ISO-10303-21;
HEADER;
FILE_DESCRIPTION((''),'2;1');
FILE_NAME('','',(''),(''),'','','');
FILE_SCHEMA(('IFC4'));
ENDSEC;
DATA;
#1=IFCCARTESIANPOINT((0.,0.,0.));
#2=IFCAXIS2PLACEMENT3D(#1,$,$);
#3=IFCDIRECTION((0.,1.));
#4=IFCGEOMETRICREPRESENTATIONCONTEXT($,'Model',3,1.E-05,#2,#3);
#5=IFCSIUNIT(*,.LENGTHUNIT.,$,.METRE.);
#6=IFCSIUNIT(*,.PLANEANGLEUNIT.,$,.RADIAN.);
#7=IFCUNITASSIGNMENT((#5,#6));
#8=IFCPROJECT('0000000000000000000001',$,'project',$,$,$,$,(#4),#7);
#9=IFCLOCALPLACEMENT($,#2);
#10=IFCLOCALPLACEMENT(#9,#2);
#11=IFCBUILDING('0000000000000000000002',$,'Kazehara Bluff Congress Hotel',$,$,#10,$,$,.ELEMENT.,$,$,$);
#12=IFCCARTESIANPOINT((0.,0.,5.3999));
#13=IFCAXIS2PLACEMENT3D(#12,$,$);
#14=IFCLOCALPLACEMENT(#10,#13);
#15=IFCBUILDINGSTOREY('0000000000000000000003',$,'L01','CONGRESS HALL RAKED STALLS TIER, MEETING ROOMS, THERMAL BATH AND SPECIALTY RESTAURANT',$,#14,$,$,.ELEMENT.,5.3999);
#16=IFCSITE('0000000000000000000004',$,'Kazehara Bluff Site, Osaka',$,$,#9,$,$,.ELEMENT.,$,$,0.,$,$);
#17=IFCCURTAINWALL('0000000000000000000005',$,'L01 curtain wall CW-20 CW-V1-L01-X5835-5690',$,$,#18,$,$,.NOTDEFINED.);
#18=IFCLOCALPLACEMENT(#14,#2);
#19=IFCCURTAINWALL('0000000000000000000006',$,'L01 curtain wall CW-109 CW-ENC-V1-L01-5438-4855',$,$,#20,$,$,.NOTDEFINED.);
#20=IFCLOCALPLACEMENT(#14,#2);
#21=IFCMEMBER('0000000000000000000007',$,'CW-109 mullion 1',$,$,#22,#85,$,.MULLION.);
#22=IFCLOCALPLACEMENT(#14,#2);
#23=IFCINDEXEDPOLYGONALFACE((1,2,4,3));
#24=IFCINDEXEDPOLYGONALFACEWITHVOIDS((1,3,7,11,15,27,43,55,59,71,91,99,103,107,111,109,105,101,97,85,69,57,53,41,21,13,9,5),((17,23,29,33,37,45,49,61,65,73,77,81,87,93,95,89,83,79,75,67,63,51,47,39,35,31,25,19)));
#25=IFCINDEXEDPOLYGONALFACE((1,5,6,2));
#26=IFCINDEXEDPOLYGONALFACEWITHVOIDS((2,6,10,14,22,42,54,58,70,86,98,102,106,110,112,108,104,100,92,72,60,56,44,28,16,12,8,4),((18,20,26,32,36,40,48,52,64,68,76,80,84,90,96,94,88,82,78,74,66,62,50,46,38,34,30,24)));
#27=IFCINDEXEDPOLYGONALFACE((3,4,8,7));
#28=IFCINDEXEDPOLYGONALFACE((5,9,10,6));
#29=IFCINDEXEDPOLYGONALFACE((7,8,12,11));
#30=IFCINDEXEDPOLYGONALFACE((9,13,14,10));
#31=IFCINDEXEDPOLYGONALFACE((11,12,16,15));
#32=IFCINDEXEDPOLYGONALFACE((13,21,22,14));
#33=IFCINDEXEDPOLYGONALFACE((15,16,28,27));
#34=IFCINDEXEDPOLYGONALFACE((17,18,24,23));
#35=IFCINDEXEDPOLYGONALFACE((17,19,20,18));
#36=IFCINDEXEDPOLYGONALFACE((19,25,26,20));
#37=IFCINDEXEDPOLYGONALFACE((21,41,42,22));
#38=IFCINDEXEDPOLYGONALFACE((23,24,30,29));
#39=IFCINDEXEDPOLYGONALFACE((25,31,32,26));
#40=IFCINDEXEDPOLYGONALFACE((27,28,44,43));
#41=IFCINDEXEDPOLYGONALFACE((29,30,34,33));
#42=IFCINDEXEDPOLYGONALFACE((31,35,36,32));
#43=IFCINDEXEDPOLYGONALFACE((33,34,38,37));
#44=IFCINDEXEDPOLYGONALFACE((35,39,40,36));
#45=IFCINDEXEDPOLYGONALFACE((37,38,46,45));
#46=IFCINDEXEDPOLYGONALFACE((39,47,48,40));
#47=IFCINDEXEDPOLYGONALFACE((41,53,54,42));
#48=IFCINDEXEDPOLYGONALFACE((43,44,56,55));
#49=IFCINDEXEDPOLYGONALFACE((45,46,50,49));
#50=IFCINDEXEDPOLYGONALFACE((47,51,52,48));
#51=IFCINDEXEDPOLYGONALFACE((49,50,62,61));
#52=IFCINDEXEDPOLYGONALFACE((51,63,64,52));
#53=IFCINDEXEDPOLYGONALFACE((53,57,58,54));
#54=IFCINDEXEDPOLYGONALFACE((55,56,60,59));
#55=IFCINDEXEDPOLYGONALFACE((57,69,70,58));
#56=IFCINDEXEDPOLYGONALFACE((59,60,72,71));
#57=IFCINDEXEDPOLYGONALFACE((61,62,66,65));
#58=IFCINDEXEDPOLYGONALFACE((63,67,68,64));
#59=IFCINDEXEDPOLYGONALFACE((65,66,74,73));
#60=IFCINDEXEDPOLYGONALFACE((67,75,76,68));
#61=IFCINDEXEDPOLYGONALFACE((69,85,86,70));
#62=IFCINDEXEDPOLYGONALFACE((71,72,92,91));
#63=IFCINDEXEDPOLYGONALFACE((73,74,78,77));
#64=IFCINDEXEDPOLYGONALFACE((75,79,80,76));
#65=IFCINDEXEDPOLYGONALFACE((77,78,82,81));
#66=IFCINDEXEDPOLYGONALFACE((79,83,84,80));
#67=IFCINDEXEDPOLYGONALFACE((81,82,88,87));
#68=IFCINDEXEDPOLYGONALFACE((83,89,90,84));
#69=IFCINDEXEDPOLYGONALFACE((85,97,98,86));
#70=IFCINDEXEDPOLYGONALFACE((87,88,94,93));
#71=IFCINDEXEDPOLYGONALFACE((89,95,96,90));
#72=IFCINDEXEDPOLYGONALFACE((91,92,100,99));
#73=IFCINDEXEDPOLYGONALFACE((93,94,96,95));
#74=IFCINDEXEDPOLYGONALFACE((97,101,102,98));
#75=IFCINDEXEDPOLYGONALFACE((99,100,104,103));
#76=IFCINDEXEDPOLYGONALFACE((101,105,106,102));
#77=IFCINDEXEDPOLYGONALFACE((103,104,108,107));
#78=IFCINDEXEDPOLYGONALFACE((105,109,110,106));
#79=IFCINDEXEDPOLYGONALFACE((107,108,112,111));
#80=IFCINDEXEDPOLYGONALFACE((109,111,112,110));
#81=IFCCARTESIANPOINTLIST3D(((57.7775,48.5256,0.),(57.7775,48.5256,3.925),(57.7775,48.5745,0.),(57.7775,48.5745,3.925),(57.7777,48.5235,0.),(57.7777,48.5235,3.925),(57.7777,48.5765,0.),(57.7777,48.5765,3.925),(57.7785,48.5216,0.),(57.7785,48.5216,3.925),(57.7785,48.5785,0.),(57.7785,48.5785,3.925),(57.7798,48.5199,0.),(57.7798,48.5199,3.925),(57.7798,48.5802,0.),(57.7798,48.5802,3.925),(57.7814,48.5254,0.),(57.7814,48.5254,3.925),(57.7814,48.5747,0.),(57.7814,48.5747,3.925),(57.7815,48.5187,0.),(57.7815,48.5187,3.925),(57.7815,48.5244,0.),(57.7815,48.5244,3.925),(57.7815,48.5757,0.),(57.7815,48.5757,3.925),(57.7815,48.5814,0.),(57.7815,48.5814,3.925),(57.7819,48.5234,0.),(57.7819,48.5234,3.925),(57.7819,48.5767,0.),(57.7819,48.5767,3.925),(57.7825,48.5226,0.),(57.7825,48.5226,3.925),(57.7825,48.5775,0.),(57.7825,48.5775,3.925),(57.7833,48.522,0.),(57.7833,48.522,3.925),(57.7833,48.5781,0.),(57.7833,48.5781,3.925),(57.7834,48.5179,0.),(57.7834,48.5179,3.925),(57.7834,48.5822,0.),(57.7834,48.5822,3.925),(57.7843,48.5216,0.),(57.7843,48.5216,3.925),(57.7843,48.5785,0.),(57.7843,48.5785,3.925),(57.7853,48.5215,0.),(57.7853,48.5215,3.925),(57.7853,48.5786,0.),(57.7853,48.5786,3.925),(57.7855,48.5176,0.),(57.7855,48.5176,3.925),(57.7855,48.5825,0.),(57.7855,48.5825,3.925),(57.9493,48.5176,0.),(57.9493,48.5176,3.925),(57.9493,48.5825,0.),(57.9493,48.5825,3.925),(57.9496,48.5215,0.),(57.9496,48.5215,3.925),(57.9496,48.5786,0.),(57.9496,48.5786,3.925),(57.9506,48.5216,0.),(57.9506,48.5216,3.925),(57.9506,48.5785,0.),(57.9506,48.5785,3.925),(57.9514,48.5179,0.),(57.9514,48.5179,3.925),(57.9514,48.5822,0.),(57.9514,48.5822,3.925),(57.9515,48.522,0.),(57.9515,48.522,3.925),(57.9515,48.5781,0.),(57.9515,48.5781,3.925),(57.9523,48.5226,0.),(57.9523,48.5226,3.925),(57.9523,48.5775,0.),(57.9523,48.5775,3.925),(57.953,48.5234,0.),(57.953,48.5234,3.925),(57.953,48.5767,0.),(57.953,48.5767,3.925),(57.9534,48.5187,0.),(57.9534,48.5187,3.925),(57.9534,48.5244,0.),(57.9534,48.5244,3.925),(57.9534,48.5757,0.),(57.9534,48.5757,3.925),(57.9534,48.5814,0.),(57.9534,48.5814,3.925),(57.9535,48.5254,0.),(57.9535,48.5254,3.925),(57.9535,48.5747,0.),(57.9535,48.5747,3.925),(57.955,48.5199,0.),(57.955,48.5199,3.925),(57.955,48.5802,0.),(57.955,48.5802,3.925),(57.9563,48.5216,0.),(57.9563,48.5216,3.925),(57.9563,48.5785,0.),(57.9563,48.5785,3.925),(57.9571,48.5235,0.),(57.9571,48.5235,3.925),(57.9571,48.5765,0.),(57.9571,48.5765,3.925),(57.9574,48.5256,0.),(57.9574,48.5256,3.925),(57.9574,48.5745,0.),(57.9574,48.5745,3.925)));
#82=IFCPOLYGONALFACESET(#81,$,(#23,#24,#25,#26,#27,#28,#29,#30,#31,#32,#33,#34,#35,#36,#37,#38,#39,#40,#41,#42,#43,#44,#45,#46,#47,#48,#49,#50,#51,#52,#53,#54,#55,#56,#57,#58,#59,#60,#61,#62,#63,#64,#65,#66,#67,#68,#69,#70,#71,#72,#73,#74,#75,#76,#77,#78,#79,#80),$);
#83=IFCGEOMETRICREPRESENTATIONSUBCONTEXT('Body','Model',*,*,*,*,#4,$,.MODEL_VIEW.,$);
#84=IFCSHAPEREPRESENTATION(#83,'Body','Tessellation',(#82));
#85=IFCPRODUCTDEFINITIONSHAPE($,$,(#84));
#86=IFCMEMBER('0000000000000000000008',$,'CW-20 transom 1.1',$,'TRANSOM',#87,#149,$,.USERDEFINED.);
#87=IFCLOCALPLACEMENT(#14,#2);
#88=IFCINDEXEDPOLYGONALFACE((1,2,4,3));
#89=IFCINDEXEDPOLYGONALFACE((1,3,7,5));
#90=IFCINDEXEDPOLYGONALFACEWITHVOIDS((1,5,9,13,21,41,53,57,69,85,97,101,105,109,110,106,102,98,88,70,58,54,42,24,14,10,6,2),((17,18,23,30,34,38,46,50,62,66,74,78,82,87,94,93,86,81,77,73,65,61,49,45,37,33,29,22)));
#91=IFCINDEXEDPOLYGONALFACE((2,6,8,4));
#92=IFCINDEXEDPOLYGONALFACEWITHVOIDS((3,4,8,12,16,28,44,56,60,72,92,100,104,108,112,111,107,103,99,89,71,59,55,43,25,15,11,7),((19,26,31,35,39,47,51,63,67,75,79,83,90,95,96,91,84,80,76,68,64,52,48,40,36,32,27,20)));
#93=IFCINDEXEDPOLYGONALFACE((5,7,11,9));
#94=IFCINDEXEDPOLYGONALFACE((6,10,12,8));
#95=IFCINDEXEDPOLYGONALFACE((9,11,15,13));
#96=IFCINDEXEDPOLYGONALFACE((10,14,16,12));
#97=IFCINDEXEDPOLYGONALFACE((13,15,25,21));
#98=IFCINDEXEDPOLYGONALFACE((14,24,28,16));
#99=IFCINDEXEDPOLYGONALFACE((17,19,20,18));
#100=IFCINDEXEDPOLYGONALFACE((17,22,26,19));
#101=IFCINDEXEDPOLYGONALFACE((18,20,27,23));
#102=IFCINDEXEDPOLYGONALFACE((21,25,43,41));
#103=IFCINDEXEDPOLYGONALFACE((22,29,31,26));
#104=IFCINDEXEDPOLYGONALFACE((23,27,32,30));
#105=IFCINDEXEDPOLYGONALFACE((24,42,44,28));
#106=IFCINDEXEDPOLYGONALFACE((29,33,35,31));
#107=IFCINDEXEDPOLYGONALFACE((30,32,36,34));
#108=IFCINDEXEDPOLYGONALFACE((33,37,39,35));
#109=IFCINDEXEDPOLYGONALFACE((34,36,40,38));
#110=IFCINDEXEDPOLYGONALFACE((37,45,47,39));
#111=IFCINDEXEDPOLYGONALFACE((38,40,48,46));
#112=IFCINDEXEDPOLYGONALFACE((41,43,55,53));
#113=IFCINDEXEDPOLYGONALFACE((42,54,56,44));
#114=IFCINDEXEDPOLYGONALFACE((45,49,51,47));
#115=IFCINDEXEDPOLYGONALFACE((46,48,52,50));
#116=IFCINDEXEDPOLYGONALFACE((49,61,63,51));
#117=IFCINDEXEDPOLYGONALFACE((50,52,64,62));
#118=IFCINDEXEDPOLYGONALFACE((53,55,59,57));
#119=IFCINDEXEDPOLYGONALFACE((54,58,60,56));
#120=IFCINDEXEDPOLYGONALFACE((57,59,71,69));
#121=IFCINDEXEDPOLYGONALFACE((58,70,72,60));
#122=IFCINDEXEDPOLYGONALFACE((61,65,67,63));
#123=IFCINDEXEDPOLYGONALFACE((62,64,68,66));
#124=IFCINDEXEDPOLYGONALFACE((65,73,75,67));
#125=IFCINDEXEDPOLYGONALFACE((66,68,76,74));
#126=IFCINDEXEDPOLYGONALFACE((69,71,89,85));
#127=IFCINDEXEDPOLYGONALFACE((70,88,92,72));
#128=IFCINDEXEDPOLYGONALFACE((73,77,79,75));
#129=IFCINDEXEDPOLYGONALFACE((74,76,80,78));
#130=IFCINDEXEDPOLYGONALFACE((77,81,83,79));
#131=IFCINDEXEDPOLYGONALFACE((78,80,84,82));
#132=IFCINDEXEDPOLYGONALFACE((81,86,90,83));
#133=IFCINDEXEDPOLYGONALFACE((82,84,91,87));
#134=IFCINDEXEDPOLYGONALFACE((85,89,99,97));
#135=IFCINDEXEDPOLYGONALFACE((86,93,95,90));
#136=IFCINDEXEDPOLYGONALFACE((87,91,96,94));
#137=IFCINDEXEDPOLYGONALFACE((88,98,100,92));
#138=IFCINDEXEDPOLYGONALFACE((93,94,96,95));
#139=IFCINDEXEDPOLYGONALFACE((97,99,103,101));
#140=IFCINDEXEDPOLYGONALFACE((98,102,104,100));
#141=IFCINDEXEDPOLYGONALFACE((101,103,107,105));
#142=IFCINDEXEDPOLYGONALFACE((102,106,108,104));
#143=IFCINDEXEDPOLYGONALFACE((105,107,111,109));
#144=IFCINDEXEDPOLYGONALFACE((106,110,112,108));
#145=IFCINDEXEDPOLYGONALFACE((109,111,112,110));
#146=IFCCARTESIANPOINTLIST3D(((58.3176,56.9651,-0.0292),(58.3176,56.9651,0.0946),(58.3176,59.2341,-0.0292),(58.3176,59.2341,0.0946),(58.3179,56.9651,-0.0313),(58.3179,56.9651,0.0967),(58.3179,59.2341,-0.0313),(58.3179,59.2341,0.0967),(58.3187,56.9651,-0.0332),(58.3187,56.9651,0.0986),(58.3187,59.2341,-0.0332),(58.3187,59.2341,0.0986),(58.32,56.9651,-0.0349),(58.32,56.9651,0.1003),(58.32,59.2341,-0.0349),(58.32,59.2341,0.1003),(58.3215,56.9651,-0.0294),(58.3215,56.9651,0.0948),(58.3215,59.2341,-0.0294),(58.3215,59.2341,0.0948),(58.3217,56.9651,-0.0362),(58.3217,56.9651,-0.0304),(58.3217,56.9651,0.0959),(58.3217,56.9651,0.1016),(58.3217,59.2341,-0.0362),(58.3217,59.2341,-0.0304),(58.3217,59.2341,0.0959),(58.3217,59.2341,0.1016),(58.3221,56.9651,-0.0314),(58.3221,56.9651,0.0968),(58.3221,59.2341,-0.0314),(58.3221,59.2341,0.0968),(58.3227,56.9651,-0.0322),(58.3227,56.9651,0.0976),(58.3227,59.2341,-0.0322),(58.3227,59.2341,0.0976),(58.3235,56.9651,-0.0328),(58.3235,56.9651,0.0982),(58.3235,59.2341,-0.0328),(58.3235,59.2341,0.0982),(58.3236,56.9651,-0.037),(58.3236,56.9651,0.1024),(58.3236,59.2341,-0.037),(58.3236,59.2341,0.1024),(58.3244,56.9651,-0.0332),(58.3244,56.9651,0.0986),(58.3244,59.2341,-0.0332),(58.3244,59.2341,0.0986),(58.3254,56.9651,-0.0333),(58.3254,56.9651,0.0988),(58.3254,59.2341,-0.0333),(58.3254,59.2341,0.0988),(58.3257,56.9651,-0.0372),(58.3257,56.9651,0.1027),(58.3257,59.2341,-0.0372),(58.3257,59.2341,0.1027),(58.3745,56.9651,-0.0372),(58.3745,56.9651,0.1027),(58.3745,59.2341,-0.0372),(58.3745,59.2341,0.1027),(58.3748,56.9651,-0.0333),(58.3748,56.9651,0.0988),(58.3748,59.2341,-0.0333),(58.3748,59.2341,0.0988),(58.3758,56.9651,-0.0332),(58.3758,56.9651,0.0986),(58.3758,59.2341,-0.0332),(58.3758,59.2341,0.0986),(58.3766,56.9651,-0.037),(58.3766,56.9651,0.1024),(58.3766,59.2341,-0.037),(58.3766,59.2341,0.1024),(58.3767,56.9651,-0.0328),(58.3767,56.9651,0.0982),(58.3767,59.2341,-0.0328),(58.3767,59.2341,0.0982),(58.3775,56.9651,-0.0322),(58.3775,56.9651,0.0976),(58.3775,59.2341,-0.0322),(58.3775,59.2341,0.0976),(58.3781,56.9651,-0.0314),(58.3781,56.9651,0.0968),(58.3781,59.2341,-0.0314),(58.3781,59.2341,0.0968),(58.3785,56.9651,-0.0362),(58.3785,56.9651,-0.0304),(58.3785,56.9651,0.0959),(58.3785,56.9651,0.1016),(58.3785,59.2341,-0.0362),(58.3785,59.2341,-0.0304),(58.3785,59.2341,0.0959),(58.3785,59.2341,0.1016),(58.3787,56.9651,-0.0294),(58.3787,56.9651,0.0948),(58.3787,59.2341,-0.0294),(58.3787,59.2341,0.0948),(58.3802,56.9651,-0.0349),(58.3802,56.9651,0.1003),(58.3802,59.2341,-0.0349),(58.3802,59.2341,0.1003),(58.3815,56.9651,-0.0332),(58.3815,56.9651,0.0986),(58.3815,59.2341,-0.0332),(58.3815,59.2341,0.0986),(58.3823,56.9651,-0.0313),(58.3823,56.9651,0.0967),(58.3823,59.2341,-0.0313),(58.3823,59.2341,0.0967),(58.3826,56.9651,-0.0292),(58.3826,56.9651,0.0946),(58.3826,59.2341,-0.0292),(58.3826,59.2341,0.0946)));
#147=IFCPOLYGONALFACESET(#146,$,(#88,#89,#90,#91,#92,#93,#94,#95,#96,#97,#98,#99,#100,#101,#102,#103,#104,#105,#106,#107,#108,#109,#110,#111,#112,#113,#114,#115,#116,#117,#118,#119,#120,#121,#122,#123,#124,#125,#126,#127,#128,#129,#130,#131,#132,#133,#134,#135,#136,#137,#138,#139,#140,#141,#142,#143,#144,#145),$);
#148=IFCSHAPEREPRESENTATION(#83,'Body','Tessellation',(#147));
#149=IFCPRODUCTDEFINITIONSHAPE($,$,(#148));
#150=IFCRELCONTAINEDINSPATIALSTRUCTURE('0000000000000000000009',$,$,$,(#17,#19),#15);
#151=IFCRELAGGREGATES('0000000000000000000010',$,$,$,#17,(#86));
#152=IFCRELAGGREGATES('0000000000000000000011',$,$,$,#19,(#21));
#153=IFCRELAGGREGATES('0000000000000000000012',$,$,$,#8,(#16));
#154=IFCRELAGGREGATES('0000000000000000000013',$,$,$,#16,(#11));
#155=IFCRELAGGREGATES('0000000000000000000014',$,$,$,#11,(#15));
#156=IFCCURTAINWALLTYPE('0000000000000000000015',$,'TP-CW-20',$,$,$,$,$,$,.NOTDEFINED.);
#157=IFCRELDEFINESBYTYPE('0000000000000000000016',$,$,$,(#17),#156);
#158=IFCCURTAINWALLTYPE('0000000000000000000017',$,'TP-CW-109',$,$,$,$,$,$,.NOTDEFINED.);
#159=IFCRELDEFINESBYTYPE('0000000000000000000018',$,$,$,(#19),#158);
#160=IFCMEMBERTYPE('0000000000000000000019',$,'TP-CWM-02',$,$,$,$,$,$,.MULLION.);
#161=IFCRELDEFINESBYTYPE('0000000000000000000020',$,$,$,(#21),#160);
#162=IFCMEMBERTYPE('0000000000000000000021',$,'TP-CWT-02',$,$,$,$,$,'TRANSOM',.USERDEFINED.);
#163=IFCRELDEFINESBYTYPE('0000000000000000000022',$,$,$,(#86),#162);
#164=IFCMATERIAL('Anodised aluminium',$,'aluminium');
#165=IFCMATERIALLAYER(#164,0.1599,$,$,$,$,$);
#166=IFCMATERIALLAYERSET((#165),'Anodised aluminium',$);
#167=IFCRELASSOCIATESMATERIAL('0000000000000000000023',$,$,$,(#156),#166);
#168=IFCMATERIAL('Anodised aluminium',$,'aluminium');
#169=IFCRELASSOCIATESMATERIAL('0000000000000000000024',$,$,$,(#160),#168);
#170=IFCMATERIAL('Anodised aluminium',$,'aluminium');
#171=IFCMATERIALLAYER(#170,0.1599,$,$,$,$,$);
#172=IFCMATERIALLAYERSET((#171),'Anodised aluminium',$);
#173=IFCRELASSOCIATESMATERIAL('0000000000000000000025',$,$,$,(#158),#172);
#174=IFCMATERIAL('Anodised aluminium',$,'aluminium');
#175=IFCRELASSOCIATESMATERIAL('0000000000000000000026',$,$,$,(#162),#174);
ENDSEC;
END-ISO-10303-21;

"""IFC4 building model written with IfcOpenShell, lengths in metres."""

from ifc_helpers import new_model, si_unit, direction, frame, origin, origin_2d, place, context, subcontext, project, spatial, hollow_rectangle, extrude, material, layer, layer_set, material_profile, profile_set, type_object, element, aggregate, save


model = new_model("IFC4")

# Units and contexts
model_context = context("Model", 3, precision=1e-05, world=origin(), true_north=direction((0.0, 1.0)))
body_context = subcontext(model_context, "Body", "Model", "MODEL_VIEW")
ifc_project = project(units=[si_unit("LENGTHUNIT", "METRE"), si_unit("PLANEANGLEUNIT", "RADIAN")], contexts=[model_context])

# Site, building, storey
site_placement = place(None, origin())
site = spatial("IfcSite", under=ifc_project, at=site_placement, Name="Kazehara Bluff Site, Osaka", CompositionType="ELEMENT", RefElevation=0.0)
building_placement = place(site_placement, origin())
building = spatial("IfcBuilding", under=site, at=building_placement, Name="Kazehara Bluff Congress Hotel", CompositionType="ELEMENT")
storey_placement = place(building_placement, frame((0.0, 0.0, 5.3999)))
storey = spatial("IfcBuildingStorey", under=building, at=storey_placement, Name="L01", Description="CONGRESS HALL RAKED STALLS TIER, MEETING ROOMS, THERMAL BATH AND SPECIALTY RESTAURANT", CompositionType="ELEMENT", Elevation=5.3999)

# Curtain walls, member
ifc_material_1 = material(Name="Anodised aluminium", Category="aluminium")
ifc_layer_1 = layer(ifc_material_1, 0.1599)
ifc_layer_set_1 = layer_set([ifc_layer_1], Name="Anodised aluminium")
curtain_wall_type_1 = type_object("IfcCurtainWallType", Name="TP-CW-20", PredefinedType="NOTDEFINED", material=ifc_layer_set_1)
curtain_wall_1_placement = place(storey_placement, origin())
curtain_wall_1 = element("IfcCurtainWall", 1, at=curtain_wall_1_placement, inside=storey, type_object=curtain_wall_type_1, Name="L01 curtain wall CW-20 CW-V1-L01-X5835-5690", PredefinedType="NOTDEFINED")
ifc_material_2 = material(Name="Anodised aluminium", Category="aluminium")
ifc_material_profile_1 = material_profile(ifc_material_2, hollow_rectangle(XDim=0.0649, YDim=0.1799, WallThickness=0.0039, InnerFilletRadius=0.0039, OuterFilletRadius=0.0081, at=origin_2d()))
ifc_profile_set_1 = profile_set([ifc_material_profile_1], Name="Anodised aluminium")
member_type_1 = type_object("IfcMemberType", Name="TP-CWM-02", PredefinedType="MULLION", material=ifc_profile_set_1)
ifc_material_3 = material(Name="Anodised aluminium", Category="aluminium")
ifc_layer_2 = layer(ifc_material_3, 0.1599)
ifc_layer_set_2 = layer_set([ifc_layer_2], Name="Anodised aluminium")
curtain_wall_type_2 = type_object("IfcCurtainWallType", Name="TP-CW-109", PredefinedType="NOTDEFINED", material=ifc_layer_set_2)
curtain_wall_2_placement = place(storey_placement, origin())
curtain_wall_2 = element("IfcCurtainWall", 2, at=curtain_wall_2_placement, inside=storey, type_object=curtain_wall_type_2, Name="L01 curtain wall CW-109 CW-ENC-V1-L01-5438-4855", PredefinedType="NOTDEFINED")
member_1_placement = place(storey_placement, frame((57.8674, 48.55, 0.0), z_axis=(0.0, 0.0, 1.0), x_axis=(0.0, -1.0, 0.0)))
member_1 = element("IfcMember", 3, at=member_1_placement, type_object=member_type_1, Name="CW-109 mullion 1", PredefinedType="MULLION", context=body_context, shape_type="SweptSolid", body=[
    extrude(hollow_rectangle(XDim=0.0649, YDim=0.1799, WallThickness=0.0039, InnerFilletRadius=0.0039, OuterFilletRadius=0.0081, at=origin_2d()), origin(), (0.0, 0.0, 1.0), 3.925),
])

# Member
ifc_material_4 = material(Name="Anodised aluminium", Category="aluminium")
ifc_material_profile_2 = material_profile(ifc_material_4, hollow_rectangle(XDim=0.0649, YDim=0.1399, WallThickness=0.0039, InnerFilletRadius=0.0039, OuterFilletRadius=0.0081, at=origin_2d()))
ifc_profile_set_2 = profile_set([ifc_material_profile_2], Name="Anodised aluminium")
member_type_2 = type_object("IfcMemberType", Name="TP-CWT-02", ElementType="TRANSOM", PredefinedType="USERDEFINED", material=ifc_profile_set_2)
member_2_placement = place(storey_placement, frame((58.3501, 56.9651, 0.0327), z_axis=(0.0, 1.0, 0.0), x_axis=(-1.0, 0.0, 0.0)))
member_2 = element("IfcMember", 4, at=member_2_placement, type_object=member_type_2, Name="CW-20 transom 1.1", ObjectType="TRANSOM", PredefinedType="USERDEFINED", context=body_context, shape_type="SweptSolid", body=[
    extrude(hollow_rectangle(XDim=0.0649, YDim=0.1399, WallThickness=0.0039, InnerFilletRadius=0.0039, OuterFilletRadius=0.0081, at=origin_2d()), origin(), (0.0, 0.0, 1.0), 2.269),
])
aggregate(curtain_wall_1, [member_2])
aggregate(curtain_wall_2, [member_1])

save(model, "model.ifc")
